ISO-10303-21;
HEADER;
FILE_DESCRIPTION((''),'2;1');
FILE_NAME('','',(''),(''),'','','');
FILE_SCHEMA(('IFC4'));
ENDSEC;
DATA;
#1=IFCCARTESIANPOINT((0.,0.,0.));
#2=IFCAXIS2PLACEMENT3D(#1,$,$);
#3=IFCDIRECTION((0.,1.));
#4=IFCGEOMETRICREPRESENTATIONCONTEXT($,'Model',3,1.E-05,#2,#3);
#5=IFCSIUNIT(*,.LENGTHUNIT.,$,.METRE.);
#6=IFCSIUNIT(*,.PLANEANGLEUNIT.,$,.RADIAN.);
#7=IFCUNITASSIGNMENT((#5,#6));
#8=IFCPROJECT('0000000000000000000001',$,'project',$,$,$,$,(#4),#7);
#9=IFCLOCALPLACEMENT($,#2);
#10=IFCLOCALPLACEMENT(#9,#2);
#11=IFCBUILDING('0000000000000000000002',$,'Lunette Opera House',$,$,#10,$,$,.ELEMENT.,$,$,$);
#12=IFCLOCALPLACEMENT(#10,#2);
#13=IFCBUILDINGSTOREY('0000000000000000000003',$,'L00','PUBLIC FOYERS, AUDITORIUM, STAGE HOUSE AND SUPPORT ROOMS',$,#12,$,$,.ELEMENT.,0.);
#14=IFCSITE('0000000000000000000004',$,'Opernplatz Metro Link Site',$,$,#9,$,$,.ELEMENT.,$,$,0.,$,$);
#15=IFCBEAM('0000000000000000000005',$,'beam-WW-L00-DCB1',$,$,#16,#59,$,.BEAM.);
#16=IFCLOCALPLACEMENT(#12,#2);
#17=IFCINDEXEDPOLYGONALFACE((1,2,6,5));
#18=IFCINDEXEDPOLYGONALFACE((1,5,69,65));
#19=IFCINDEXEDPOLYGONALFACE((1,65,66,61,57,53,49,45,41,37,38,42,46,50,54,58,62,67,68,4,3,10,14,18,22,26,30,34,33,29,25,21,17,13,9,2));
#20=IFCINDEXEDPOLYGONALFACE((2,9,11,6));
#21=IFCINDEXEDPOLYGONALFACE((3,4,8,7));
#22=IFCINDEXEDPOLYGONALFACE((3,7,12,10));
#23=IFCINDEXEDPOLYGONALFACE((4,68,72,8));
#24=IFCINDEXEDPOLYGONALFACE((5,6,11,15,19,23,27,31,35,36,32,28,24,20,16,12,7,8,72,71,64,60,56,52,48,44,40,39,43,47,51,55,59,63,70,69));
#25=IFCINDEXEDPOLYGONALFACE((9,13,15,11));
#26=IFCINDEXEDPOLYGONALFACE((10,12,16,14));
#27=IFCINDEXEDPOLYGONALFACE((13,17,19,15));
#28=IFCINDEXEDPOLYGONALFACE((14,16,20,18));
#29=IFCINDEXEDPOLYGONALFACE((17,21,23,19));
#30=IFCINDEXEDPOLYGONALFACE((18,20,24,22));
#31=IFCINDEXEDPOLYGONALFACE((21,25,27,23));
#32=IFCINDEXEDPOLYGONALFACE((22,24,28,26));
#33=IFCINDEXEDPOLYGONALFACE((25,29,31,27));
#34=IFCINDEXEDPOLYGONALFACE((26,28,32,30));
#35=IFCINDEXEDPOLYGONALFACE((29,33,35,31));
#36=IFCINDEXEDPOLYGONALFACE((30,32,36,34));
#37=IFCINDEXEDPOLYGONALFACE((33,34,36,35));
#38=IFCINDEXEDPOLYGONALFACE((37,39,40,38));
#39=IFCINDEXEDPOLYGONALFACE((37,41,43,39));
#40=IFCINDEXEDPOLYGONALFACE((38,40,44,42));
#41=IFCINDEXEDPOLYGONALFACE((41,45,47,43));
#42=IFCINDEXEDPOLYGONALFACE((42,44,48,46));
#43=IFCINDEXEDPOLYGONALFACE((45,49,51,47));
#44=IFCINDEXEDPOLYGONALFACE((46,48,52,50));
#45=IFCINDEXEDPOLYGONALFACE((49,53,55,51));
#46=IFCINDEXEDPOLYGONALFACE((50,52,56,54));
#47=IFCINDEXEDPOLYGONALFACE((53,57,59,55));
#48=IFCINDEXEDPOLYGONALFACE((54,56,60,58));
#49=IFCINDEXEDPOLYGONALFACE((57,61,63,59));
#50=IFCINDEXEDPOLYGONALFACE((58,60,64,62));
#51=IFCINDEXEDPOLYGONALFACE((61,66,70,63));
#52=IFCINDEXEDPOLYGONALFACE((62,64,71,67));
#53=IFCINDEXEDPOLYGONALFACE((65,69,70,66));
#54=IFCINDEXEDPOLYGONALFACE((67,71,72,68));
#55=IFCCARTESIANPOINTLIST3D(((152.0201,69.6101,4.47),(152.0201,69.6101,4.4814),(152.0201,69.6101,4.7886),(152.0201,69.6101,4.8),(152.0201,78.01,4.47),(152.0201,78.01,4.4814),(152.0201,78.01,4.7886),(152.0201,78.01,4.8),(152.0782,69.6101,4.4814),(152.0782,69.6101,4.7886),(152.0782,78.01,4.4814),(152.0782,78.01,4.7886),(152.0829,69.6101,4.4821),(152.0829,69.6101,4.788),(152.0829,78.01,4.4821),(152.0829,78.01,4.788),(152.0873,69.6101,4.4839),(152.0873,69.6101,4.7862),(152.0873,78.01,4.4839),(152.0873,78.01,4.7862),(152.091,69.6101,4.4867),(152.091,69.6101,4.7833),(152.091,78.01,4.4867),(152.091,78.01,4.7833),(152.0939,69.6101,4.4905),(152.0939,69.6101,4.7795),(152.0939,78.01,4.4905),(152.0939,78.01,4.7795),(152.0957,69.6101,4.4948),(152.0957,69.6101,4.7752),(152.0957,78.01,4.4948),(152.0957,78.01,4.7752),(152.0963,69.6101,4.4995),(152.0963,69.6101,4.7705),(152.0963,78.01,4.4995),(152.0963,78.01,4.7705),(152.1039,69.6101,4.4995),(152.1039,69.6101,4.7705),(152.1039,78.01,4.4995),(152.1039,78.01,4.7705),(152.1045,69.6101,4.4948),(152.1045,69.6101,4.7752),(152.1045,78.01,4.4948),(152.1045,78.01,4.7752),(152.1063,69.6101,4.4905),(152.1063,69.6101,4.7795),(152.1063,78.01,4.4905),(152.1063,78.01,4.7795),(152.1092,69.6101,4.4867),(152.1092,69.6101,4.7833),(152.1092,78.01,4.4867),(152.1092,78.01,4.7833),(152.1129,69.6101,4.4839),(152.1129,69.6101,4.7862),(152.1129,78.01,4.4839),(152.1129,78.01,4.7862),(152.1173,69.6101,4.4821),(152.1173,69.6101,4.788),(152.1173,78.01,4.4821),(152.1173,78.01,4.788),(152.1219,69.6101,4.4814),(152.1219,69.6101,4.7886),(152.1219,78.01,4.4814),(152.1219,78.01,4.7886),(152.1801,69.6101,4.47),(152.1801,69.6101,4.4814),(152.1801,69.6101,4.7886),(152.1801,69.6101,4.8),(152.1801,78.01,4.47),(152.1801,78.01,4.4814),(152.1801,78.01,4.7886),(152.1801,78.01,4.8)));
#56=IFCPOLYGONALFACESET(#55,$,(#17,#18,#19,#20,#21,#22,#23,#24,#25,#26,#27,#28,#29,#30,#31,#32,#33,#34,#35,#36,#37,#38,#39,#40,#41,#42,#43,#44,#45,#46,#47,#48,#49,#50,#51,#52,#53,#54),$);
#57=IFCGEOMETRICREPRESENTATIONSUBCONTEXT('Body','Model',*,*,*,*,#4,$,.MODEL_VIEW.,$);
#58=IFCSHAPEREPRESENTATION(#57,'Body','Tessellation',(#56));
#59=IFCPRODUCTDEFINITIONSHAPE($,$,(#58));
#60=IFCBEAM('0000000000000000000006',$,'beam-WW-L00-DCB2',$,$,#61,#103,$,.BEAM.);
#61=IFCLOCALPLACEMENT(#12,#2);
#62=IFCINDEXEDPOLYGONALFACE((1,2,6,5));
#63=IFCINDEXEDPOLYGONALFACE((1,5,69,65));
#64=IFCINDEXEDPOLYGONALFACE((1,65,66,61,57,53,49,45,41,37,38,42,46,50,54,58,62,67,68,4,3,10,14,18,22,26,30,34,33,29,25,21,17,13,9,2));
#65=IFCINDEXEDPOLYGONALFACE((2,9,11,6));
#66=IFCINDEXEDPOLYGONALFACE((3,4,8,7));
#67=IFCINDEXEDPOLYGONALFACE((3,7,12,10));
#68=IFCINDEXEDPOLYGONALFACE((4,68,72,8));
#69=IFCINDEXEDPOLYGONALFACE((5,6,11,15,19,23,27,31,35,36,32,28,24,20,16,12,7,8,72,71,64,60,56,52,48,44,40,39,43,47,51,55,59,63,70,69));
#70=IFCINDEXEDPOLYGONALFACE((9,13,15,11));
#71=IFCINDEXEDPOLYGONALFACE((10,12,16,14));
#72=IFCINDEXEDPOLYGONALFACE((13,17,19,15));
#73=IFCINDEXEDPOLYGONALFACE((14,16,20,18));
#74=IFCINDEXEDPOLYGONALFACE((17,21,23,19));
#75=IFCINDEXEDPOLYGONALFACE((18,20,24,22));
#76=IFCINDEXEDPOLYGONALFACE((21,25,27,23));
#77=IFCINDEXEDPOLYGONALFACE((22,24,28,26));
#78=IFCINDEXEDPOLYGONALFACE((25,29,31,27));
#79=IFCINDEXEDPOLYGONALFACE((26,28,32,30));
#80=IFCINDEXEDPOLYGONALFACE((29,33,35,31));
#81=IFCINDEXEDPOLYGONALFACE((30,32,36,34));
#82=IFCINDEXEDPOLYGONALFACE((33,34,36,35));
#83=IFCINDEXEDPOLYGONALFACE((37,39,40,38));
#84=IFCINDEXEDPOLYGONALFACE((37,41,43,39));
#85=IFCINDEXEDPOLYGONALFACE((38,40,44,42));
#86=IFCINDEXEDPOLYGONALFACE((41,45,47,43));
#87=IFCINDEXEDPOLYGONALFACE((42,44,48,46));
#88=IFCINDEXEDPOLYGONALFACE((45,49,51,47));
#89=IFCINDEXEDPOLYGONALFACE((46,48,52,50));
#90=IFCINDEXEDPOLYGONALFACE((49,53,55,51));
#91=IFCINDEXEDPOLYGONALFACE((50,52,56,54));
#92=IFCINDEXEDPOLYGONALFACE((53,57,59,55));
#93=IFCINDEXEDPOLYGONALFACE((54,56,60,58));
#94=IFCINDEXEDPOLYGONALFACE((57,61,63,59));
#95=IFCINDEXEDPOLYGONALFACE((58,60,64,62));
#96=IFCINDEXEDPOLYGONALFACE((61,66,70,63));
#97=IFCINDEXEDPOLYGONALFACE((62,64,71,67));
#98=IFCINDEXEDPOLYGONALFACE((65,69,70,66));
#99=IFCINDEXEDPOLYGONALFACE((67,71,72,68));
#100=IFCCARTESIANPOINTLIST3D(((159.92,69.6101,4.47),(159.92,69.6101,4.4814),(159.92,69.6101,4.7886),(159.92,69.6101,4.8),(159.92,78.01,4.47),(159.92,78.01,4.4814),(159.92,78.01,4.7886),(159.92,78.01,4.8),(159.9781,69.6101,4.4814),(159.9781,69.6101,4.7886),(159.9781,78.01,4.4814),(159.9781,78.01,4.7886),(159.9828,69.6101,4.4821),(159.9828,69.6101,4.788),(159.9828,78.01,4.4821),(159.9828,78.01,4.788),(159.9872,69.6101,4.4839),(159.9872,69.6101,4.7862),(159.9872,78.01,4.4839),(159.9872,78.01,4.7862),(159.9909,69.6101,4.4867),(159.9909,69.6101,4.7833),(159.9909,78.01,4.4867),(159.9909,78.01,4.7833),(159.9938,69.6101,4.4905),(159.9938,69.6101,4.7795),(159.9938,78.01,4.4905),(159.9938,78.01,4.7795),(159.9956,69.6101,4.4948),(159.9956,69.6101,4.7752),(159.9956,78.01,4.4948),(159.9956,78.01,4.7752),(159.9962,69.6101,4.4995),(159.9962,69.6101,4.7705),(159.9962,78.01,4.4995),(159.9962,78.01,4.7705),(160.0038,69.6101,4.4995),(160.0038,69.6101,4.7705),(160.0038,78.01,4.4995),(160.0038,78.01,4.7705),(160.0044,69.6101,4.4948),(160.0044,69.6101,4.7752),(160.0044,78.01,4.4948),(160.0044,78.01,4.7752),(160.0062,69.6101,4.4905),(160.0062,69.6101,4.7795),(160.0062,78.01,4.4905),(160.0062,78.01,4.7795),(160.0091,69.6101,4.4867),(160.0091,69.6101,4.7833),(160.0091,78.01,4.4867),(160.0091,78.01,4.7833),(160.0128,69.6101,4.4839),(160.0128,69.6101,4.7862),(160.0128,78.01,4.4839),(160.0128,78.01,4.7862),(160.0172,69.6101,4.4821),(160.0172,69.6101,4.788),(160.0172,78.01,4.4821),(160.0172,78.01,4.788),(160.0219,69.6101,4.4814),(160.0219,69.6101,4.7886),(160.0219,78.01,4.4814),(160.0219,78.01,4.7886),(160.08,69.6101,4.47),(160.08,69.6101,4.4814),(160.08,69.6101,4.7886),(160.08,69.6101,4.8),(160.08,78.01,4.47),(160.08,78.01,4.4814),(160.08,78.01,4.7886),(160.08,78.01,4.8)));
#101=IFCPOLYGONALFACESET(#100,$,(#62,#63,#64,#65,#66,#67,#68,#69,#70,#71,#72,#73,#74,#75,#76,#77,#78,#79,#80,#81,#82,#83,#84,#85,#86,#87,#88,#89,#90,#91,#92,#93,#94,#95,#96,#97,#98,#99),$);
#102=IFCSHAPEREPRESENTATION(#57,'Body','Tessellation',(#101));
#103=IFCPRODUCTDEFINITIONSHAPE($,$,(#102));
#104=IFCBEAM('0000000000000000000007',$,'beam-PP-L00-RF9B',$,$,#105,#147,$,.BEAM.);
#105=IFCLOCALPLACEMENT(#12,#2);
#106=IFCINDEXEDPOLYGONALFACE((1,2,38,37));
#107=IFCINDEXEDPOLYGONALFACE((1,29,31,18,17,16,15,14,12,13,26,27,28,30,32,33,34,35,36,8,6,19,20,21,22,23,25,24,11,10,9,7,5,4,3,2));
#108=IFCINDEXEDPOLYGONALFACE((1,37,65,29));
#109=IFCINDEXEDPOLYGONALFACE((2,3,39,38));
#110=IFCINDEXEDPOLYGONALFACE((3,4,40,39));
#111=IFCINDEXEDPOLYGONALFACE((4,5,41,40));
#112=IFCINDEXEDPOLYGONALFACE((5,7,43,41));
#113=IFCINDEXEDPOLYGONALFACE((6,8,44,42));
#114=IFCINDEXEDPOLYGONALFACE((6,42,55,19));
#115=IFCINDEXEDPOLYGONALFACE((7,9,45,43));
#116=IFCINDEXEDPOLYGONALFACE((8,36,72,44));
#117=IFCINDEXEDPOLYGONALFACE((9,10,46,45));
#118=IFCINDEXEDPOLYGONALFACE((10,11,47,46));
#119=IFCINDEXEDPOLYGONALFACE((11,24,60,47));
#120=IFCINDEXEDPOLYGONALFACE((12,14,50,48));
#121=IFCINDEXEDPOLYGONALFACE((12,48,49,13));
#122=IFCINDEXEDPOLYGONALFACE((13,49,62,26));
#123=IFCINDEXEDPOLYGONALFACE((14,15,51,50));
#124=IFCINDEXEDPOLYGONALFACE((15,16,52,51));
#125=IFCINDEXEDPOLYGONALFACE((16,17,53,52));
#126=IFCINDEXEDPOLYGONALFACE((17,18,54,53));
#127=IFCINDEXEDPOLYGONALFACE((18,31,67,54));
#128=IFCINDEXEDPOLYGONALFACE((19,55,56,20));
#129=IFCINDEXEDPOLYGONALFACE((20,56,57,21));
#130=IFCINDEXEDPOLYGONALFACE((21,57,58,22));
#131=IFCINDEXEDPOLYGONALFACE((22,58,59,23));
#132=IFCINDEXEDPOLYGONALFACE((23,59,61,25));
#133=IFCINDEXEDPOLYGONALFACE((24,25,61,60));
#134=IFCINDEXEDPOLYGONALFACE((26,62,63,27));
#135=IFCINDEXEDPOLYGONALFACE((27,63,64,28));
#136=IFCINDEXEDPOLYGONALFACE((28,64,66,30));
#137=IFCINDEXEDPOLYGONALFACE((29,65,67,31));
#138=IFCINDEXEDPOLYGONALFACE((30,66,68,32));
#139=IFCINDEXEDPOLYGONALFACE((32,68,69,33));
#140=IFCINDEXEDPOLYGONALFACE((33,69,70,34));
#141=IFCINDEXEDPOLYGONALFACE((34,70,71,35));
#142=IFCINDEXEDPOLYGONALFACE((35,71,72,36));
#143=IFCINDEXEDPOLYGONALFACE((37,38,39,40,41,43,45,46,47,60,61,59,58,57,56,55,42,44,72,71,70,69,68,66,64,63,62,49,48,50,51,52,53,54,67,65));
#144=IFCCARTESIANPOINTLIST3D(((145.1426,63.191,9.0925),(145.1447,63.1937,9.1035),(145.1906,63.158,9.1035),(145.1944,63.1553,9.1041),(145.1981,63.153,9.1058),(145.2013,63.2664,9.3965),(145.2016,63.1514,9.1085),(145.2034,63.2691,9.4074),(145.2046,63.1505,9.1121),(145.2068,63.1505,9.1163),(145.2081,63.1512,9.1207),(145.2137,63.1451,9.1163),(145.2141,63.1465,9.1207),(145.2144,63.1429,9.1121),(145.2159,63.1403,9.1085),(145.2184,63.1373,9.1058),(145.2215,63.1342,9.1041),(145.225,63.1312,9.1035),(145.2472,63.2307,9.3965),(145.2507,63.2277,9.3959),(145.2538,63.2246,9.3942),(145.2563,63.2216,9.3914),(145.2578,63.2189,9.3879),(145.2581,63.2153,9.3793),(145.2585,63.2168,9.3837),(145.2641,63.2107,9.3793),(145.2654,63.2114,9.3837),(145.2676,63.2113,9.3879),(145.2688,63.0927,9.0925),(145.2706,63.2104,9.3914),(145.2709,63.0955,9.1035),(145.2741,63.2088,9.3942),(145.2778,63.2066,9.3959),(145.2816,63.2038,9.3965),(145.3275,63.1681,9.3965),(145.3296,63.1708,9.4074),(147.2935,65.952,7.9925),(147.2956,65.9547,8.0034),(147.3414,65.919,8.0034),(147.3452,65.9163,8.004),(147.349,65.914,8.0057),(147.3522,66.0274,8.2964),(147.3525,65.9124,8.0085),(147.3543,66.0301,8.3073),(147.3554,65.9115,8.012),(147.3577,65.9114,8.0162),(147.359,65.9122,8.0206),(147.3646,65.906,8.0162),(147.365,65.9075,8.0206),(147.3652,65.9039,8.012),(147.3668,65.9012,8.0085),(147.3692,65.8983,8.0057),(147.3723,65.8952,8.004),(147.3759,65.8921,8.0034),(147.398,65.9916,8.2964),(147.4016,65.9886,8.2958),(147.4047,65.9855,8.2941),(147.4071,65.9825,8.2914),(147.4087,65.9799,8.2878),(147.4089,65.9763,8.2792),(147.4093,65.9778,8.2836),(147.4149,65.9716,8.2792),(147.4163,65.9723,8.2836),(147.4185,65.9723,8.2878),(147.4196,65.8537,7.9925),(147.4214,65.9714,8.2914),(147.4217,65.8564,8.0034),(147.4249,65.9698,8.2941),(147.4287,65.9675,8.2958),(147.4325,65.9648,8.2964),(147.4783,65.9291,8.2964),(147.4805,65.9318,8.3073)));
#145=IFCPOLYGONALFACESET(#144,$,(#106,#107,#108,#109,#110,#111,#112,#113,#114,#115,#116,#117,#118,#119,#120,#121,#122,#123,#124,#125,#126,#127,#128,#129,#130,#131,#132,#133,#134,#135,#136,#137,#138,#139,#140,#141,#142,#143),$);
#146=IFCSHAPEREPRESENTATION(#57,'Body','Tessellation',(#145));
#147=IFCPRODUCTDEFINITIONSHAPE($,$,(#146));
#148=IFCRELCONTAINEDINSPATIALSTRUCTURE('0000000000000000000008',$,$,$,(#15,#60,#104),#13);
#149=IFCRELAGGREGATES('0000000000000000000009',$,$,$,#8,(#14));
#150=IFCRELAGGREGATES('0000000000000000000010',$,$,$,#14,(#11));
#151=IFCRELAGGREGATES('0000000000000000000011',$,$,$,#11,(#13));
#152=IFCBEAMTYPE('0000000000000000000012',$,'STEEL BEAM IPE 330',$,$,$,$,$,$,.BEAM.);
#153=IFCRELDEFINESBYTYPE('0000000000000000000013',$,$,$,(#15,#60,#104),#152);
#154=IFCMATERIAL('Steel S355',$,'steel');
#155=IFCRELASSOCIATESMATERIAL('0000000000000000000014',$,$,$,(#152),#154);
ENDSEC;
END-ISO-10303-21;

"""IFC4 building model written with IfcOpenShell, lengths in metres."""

from ifc_helpers import new_model, si_unit, direction, frame, origin, origin_2d, place, context, subcontext, project, spatial, i_section, extrude, material, material_profile, profile_set, type_object, element, save


model = new_model("IFC4")

# Units and contexts
model_context = context("Model", 3, precision=1e-05, world=origin(), true_north=direction((0.0, 1.0)))
body_context = subcontext(model_context, "Body", "Model", "MODEL_VIEW")
ifc_project = project(units=[si_unit("LENGTHUNIT", "METRE"), si_unit("PLANEANGLEUNIT", "RADIAN")], contexts=[model_context])

# Site, building, storey
site_placement = place(None, origin())
site = spatial("IfcSite", under=ifc_project, at=site_placement, Name="Opernplatz Metro Link Site", CompositionType="ELEMENT", RefElevation=0.0)
building_placement = place(site_placement, origin())
building = spatial("IfcBuilding", under=site, at=building_placement, Name="Lunette Opera House", CompositionType="ELEMENT")
storey_placement = place(building_placement, origin())
storey = spatial("IfcBuildingStorey", under=building, at=storey_placement, Name="L00", Description="PUBLIC FOYERS, AUDITORIUM, STAGE HOUSE AND SUPPORT ROOMS", CompositionType="ELEMENT", Elevation=0.0)

# Beams
ifc_material_1 = material(Name="Steel S355", Category="steel")
ifc_material_profile_1 = material_profile(ifc_material_1, i_section(OverallWidth=0.1599, OverallDepth=0.3301, WebThickness=0.0076, FlangeThickness=0.0115, FilletRadius=0.0181, at=origin_2d()), Name="IPE 330")
ifc_profile_set_1 = profile_set([ifc_material_profile_1], Name="Steel S355")
beam_type_1 = type_object("IfcBeamType", Name="STEEL BEAM IPE 330", PredefinedType="BEAM", material=ifc_profile_set_1)
for number, where, z_axis, x_axis, name in (
    (1, (152.1001, 69.6101, 4.635), (0.0, 1.0, 0.0), (-1.0, 0.0, 0.0), "beam-WW-L00-DCB1"),
    (2, (160.0, 69.6101, 4.635), (0.0, 1.0, 0.0), (-1.0, 0.0, 0.0), "beam-WW-L00-DCB2"),
):
    element("IfcBeam", number, at=place(storey_placement, frame(where, z_axis=z_axis, x_axis=x_axis)), inside=storey, type_object=beam_type_1, Name=name, PredefinedType="BEAM", context=body_context, shape_type="SweptSolid", body=[
        extrude(i_section(OverallWidth=0.1599, OverallDepth=0.3301, WebThickness=0.0076, FlangeThickness=0.0115, FilletRadius=0.0181, at=origin_2d()), origin(), (0.0, 0.0, 1.0), 8.3999),
    ])
beam_placement = place(storey_placement, frame((147.387, 65.9419, 8.1499), z_axis=(-0.586274, -0.752574, 0.299858), x_axis=(0.788875, -0.614554, 0.0)))
element("IfcBeam", 3, at=beam_placement, inside=storey, type_object=beam_type_1, Name="beam-PP-L00-RF9B", PredefinedType="BEAM", context=body_context, shape_type="SweptSolid", body=[
    extrude(i_section(OverallWidth=0.1599, OverallDepth=0.3301, WebThickness=0.0076, FlangeThickness=0.0115, FilletRadius=0.0181, at=origin_2d()), origin(), (0.0, 0.0, 1.0), 3.6687),
])

save(model, "model.ifc")
